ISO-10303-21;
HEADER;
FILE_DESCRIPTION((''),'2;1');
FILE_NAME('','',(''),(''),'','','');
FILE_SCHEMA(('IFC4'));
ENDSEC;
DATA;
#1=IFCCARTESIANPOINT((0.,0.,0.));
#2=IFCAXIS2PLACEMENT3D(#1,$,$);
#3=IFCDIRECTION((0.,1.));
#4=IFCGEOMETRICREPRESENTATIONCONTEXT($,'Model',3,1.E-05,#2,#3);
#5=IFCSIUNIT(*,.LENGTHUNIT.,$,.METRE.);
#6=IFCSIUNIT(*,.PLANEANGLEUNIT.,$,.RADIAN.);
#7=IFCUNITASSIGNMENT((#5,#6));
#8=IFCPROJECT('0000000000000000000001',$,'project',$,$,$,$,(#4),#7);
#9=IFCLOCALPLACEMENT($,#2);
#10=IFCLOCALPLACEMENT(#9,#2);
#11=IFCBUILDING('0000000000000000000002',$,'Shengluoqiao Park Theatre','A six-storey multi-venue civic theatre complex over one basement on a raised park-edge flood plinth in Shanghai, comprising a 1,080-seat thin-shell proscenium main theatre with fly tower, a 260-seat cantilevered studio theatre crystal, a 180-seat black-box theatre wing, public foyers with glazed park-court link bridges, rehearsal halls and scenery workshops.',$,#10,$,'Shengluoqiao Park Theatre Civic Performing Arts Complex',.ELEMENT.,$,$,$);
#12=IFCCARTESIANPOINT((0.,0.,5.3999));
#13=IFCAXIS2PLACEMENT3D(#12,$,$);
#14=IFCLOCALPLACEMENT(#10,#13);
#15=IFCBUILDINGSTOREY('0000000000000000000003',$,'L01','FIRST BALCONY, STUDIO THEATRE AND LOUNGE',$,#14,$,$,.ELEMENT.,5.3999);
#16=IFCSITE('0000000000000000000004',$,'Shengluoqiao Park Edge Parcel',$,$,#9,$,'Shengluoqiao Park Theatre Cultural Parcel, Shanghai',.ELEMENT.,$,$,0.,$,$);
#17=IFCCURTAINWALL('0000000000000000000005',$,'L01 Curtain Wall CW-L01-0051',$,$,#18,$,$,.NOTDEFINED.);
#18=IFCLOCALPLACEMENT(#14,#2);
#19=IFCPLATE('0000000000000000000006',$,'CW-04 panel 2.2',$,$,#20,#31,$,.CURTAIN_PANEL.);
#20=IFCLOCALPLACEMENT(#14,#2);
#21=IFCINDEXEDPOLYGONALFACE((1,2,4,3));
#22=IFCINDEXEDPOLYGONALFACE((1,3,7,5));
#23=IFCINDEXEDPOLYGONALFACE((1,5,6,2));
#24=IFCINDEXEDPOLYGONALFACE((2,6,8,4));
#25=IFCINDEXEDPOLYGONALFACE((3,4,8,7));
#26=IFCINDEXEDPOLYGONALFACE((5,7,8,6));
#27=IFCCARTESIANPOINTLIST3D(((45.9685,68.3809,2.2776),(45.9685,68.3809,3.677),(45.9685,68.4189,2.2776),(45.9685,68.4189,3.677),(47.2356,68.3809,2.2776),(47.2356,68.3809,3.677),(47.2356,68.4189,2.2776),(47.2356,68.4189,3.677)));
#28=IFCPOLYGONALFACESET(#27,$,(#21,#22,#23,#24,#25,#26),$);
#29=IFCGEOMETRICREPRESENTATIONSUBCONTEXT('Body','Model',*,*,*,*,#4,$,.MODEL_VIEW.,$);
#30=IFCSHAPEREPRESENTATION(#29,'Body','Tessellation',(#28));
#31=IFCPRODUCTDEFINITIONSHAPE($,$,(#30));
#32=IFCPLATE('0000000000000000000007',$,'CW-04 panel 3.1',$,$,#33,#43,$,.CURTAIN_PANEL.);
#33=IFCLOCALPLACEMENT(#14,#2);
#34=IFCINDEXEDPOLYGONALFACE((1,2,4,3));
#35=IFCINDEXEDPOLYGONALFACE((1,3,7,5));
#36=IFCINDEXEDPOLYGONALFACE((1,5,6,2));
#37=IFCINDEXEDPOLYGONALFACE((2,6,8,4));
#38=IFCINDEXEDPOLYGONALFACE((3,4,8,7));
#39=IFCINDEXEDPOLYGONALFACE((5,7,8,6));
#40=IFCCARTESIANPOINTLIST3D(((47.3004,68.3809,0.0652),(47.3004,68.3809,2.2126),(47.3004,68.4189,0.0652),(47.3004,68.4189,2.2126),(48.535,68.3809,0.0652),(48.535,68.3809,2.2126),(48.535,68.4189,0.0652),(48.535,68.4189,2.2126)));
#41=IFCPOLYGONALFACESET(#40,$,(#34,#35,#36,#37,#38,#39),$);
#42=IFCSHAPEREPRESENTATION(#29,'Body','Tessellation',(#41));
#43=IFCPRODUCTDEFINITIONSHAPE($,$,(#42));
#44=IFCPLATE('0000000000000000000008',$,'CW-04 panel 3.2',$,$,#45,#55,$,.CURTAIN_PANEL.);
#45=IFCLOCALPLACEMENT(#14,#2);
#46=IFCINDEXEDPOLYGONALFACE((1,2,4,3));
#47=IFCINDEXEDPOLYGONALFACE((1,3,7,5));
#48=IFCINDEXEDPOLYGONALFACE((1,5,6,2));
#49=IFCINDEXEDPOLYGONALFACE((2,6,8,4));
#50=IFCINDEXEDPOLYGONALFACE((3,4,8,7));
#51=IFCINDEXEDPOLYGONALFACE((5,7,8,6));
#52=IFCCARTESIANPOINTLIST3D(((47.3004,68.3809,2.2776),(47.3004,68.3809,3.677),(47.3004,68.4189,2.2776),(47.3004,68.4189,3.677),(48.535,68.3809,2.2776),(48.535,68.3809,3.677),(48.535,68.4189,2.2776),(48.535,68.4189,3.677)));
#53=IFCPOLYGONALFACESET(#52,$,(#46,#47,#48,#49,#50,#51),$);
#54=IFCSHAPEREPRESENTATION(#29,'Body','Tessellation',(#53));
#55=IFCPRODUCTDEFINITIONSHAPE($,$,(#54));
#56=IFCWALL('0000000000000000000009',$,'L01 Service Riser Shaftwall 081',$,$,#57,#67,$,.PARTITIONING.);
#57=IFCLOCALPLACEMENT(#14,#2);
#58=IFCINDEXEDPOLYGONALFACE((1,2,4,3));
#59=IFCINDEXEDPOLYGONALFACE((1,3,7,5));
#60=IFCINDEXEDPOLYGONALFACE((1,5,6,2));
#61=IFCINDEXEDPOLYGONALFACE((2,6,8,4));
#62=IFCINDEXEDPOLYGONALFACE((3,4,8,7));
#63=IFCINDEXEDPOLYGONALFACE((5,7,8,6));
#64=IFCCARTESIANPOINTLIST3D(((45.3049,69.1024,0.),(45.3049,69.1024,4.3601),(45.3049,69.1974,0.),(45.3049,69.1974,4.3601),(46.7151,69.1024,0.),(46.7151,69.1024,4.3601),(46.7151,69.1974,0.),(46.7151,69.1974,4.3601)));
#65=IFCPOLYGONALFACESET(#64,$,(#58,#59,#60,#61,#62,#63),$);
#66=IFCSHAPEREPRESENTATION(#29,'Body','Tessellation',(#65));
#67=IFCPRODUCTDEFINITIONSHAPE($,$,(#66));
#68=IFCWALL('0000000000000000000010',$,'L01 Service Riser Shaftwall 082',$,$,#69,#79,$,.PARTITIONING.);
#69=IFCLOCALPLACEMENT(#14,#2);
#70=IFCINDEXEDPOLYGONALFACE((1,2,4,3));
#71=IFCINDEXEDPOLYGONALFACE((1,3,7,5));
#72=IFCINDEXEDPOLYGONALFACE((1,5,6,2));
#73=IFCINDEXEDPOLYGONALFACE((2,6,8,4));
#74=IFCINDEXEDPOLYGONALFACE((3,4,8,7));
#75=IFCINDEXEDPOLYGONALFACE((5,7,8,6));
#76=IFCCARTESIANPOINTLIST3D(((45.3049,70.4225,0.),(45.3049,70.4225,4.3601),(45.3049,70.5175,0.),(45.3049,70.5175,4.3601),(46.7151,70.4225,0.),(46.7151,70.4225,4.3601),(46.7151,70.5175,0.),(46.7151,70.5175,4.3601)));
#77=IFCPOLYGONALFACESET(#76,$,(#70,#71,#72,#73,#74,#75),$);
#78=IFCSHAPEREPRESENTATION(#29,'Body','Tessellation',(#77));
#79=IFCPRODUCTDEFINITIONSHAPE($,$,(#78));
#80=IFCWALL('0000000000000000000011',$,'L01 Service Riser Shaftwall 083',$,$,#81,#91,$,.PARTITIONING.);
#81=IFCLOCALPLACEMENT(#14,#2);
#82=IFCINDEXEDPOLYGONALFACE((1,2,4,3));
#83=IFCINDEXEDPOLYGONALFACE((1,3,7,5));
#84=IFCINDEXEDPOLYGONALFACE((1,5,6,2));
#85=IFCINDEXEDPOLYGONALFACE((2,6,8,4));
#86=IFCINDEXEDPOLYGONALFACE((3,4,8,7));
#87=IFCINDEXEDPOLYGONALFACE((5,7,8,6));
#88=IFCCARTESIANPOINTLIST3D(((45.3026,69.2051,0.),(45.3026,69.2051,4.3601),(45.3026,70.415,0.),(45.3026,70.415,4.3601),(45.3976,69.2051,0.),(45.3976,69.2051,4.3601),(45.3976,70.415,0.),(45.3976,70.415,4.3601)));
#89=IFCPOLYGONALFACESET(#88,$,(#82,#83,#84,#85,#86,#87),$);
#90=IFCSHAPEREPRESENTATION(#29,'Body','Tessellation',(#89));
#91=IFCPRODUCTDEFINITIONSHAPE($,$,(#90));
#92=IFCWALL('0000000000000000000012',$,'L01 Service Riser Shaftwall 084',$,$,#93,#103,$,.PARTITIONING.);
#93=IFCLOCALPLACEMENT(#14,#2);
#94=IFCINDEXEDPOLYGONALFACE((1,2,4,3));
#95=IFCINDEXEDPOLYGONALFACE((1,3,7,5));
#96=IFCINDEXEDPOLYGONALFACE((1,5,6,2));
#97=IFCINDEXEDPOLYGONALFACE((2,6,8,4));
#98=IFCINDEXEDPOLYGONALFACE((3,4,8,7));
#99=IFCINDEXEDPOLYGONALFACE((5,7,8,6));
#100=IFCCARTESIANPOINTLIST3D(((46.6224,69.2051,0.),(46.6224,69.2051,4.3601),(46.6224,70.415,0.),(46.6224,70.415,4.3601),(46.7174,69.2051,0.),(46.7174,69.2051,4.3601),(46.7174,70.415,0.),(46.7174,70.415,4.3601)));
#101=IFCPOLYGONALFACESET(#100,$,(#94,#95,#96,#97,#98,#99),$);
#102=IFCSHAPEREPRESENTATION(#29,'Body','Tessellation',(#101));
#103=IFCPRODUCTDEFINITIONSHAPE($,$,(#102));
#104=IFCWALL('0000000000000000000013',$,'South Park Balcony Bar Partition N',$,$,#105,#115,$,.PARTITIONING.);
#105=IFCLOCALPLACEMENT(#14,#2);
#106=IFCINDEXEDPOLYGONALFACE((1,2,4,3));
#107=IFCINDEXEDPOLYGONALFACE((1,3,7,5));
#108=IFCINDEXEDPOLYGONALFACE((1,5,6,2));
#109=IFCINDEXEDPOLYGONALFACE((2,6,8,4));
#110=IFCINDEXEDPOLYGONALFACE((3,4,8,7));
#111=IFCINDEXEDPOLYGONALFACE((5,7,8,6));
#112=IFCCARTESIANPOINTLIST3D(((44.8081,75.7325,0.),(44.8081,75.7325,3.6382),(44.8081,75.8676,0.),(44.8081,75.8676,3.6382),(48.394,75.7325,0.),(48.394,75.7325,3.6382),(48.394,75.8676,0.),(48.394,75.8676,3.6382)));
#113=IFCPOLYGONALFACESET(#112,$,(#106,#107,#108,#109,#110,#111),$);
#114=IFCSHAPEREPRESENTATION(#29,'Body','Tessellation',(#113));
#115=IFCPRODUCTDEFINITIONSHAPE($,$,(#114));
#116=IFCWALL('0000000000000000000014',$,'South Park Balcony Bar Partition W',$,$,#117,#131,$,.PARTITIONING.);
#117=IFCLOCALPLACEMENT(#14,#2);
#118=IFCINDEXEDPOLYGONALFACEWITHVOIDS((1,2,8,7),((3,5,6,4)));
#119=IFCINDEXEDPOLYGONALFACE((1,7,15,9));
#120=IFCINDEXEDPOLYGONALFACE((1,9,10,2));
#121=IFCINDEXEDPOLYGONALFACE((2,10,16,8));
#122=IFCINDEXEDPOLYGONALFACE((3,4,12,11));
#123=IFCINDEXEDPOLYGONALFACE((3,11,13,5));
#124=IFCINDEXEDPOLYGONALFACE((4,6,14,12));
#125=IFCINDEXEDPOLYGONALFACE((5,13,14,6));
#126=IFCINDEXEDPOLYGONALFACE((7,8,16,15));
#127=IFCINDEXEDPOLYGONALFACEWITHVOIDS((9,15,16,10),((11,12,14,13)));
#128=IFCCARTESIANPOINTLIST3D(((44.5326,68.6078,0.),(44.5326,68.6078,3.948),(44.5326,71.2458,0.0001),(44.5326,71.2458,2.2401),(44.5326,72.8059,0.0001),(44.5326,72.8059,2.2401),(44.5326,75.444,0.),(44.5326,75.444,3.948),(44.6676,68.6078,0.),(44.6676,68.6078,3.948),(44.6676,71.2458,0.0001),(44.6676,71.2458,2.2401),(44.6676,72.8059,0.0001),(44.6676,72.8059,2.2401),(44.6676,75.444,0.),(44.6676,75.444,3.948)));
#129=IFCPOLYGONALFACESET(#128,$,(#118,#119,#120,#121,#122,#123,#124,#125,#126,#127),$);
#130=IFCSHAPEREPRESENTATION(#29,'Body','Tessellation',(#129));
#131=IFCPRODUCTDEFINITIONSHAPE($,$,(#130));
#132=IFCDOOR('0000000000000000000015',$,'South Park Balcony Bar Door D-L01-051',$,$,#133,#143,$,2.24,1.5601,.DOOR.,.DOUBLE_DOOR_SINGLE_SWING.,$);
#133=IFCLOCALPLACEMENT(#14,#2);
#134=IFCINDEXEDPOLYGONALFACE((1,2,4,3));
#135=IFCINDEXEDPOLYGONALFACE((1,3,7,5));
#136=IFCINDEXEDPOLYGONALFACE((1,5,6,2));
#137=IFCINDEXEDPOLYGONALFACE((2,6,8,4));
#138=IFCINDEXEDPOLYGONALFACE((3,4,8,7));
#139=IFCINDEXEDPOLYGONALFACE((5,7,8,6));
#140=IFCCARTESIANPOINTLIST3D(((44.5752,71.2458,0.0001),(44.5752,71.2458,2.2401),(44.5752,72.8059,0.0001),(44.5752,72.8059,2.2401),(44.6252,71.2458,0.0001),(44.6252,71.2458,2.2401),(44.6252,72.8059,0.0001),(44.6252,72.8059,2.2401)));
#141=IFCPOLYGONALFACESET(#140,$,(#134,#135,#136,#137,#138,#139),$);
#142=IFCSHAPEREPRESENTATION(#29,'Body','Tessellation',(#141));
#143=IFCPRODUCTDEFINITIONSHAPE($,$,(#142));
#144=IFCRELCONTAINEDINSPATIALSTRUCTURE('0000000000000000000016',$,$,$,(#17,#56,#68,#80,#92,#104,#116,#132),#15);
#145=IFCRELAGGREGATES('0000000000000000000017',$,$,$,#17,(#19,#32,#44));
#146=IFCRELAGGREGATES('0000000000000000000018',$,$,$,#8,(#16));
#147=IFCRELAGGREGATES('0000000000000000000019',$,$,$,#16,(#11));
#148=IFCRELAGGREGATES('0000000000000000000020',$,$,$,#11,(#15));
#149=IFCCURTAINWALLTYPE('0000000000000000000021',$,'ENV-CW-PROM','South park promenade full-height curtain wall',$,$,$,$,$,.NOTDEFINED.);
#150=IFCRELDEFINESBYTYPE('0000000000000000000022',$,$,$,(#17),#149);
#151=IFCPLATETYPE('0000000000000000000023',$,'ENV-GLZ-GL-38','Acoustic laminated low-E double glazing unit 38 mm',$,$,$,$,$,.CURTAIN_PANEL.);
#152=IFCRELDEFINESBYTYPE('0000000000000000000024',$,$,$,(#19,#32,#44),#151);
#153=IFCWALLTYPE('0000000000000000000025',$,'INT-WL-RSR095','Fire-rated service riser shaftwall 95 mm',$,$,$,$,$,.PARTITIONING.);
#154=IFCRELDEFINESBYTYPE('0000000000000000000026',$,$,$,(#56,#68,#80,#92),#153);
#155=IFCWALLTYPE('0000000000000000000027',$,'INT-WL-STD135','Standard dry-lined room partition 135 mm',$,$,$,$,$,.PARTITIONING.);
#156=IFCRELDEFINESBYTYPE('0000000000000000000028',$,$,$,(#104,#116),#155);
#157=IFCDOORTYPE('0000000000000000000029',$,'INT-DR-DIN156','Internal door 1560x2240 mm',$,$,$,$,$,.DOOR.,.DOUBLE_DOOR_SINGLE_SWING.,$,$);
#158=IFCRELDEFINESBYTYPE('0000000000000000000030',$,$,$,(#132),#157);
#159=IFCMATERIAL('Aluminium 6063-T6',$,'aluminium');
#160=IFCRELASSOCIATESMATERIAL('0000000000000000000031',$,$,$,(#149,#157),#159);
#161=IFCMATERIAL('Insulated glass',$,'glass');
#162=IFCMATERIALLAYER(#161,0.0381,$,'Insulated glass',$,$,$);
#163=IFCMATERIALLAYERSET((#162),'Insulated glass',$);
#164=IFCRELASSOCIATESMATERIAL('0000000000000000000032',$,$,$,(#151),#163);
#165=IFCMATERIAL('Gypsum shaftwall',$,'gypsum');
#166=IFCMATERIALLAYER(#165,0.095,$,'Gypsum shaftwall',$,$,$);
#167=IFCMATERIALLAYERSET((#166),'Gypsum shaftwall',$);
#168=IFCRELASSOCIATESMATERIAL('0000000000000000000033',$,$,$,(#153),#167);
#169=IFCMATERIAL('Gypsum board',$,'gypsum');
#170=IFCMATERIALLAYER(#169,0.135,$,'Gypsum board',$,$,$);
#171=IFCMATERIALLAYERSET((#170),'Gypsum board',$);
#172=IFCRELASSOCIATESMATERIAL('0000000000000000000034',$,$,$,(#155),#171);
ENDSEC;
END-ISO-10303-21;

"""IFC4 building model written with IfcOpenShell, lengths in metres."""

from ifc_helpers import new_model, si_unit, direction, frame, frame_2d, origin, origin_2d, place, context, subcontext, project, spatial, rectangle, extrude, material, layer, layer_set, type_object, element, fill, aggregate, save


model = new_model("IFC4")

# Units and contexts
model_context = context("Model", 3, precision=1e-05, world=origin(), true_north=direction((0.0, 1.0)))
body_context = subcontext(model_context, "Body", "Model", "MODEL_VIEW")
ifc_project = project(units=[si_unit("LENGTHUNIT", "METRE"), si_unit("PLANEANGLEUNIT", "RADIAN")], contexts=[model_context])

# Site, building, storey
site_placement = place(None, origin())
site = spatial("IfcSite", under=ifc_project, at=site_placement, Name="Shengluoqiao Park Edge Parcel", LongName="Shengluoqiao Park Theatre Cultural Parcel, Shanghai", CompositionType="ELEMENT", RefElevation=0.0)
building_placement = place(site_placement, origin())
building = spatial("IfcBuilding", under=site, at=building_placement, Name="Shengluoqiao Park Theatre", Description="A six-storey multi-venue civic theatre complex over one basement on a raised park-edge flood plinth in Shanghai, comprising a 1,080-seat thin-shell proscenium main theatre with fly tower, a 260-seat cantilevered studio theatre crystal, a 180-seat black-box theatre wing, public foyers with glazed park-court link bridges, rehearsal halls and scenery workshops.", LongName="Shengluoqiao Park Theatre Civic Performing Arts Complex", CompositionType="ELEMENT")
storey_placement = place(building_placement, frame((0.0, 0.0, 5.3999)))
storey = spatial("IfcBuildingStorey", under=building, at=storey_placement, Name="L01", Description="FIRST BALCONY, STUDIO THEATRE AND LOUNGE", CompositionType="ELEMENT", Elevation=5.3999)

# Curtain wall
ifc_material_1 = material(Name="Aluminium 6063-T6", Category="aluminium")
curtain_wall_type = type_object("IfcCurtainWallType", Name="ENV-CW-PROM", Description="South park promenade full-height curtain wall", PredefinedType="NOTDEFINED", material=ifc_material_1)
curtain_wall_placement = place(storey_placement, origin())
curtain_wall = element("IfcCurtainWall", 1, at=curtain_wall_placement, inside=storey, type_object=curtain_wall_type, Name="L01 Curtain Wall CW-L01-0051", PredefinedType="NOTDEFINED")

# Plates
ifc_material_2 = material(Name="Insulated glass", Category="glass")
ifc_layer_1 = layer(ifc_material_2, 0.0381, Name="Insulated glass")
ifc_layer_set_1 = layer_set([ifc_layer_1], Name="Insulated glass")
plate_type = type_object("IfcPlateType", Name="ENV-GLZ-GL-38", Description="Acoustic laminated low-E double glazing unit 38 mm", PredefinedType="CURTAIN_PANEL", material=ifc_layer_set_1)
plate_1_placement = place(storey_placement, frame((46.6021, 68.3999, 2.2776), z_axis=(0.0, 0.0, 1.0), x_axis=(1.0, 0.0, 0.0)))
plate_1 = element("IfcPlate", 2, at=plate_1_placement, type_object=plate_type, Name="CW-04 panel 2.2", PredefinedType="CURTAIN_PANEL", context=body_context, shape_type="SweptSolid", body=[
    extrude(rectangle(XDim=1.2671, YDim=0.0381, at=origin_2d()), origin(), (0.0, 0.0, 1.0), 1.3994),
])
plate_2_placement = place(storey_placement, frame((47.9177, 68.3999, 0.0652), z_axis=(0.0, 0.0, 1.0), x_axis=(1.0, 0.0, 0.0)))
plate_2 = element("IfcPlate", 3, at=plate_2_placement, type_object=plate_type, Name="CW-04 panel 3.1", PredefinedType="CURTAIN_PANEL", context=body_context, shape_type="SweptSolid", body=[
    extrude(rectangle(XDim=1.2346, YDim=0.0381, at=origin_2d()), origin(), (0.0, 0.0, 1.0), 2.1475),
])
plate_3_placement = place(storey_placement, frame((47.9177, 68.3999, 2.2776), z_axis=(0.0, 0.0, 1.0), x_axis=(1.0, 0.0, 0.0)))
plate_3 = element("IfcPlate", 4, at=plate_3_placement, type_object=plate_type, Name="CW-04 panel 3.2", PredefinedType="CURTAIN_PANEL", context=body_context, shape_type="SweptSolid", body=[
    extrude(rectangle(XDim=1.2346, YDim=0.0381, at=origin_2d()), origin(), (0.0, 0.0, 1.0), 1.3994),
])
aggregate(curtain_wall, [plate_1, plate_2, plate_3])

# Walls
ifc_material_3 = material(Name="Gypsum shaftwall", Category="gypsum")
ifc_layer_2 = layer(ifc_material_3, 0.095, Name="Gypsum shaftwall")
ifc_layer_set_2 = layer_set([ifc_layer_2], Name="Gypsum shaftwall")
wall_type_1 = type_object("IfcWallType", Name="INT-WL-RSR095", Description="Fire-rated service riser shaftwall 95 mm", PredefinedType="PARTITIONING", material=ifc_layer_set_2)
for number, where, z_axis, x_axis, name in (
    (5, (45.3049, 69.1499, 0.0), (0.0, 0.0, 1.0), (1.0, 0.0, 0.0), "L01 Service Riser Shaftwall 081"),
    (6, (45.3049, 70.47, 0.0), (0.0, 0.0, 1.0), (1.0, 0.0, 0.0), "L01 Service Riser Shaftwall 082"),
):
    element("IfcWall", number, at=place(storey_placement, frame(where, z_axis=z_axis, x_axis=x_axis)), inside=storey, type_object=wall_type_1, Name=name, PredefinedType="PARTITIONING", context=body_context, shape_type="SweptSolid", body=[
        extrude(rectangle(XDim=1.4102, YDim=0.095, at=frame_2d((0.7051, 0.0))), origin(), (0.0, 0.0, 1.0), 4.3601),
    ])
for number, where, z_axis, x_axis, name in (
    (7, (45.3501, 69.2051, 0.0), (0.0, 0.0, 1.0), (0.0, 1.0, 0.0), "L01 Service Riser Shaftwall 083"),
    (8, (46.6699, 69.2051, 0.0), (0.0, 0.0, 1.0), (0.0, 1.0, 0.0), "L01 Service Riser Shaftwall 084"),
):
    element("IfcWall", number, at=place(storey_placement, frame(where, z_axis=z_axis, x_axis=x_axis)), inside=storey, type_object=wall_type_1, Name=name, PredefinedType="PARTITIONING", context=body_context, shape_type="SweptSolid", body=[
        extrude(rectangle(XDim=1.21, YDim=0.095, at=frame_2d((0.605, 0.0))), origin(), (0.0, 0.0, 1.0), 4.3601),
    ])
ifc_material_4 = material(Name="Gypsum board", Category="gypsum")
ifc_layer_3 = layer(ifc_material_4, 0.135, Name="Gypsum board")
ifc_layer_set_3 = layer_set([ifc_layer_3], Name="Gypsum board")
wall_type_2 = type_object("IfcWallType", Name="INT-WL-STD135", Description="Standard dry-lined room partition 135 mm", PredefinedType="PARTITIONING", material=ifc_layer_set_3)
wall_1_placement = place(storey_placement, frame((44.8081, 75.8, 0.0), z_axis=(0.0, 0.0, 1.0), x_axis=(1.0, 0.0, 0.0)))
element("IfcWall", 9, at=wall_1_placement, inside=storey, type_object=wall_type_2, Name="South Park Balcony Bar Partition N", PredefinedType="PARTITIONING", context=body_context, shape_type="SweptSolid", body=[
    extrude(rectangle(XDim=3.5859, YDim=0.135, at=frame_2d((1.793, 0.0))), origin(), (0.0, 0.0, 1.0), 3.6382),
])

# Wall, opening, door
wall_2_placement = place(storey_placement, frame((44.6001, 68.6079, 0.0), z_axis=(0.0, 0.0, 1.0), x_axis=(0.0, 1.0, 0.0)))
wall_2 = element("IfcWall", 10, at=wall_2_placement, inside=storey, type_object=wall_type_2, Name="South Park Balcony Bar Partition W", PredefinedType="PARTITIONING", context=body_context, shape_type="SweptSolid", body=[
    extrude(rectangle(XDim=6.8362, YDim=0.135, at=frame_2d((3.418, 0.0))), origin(), (0.0, 0.0, 1.0), 3.948),
])
opening_placement = place(wall_2_placement, frame((2.6379, 0.0, 0.0)))
opening = element("IfcOpeningElement", 11, at=opening_placement, cuts=wall_2, PredefinedType="OPENING", context=body_context, shape_type="SweptSolid", body=[
    extrude(rectangle(XDim=1.5601, YDim=2.24, at=frame_2d((0.78, 1.1201))), frame((0.0, 0.0774, 0.0), z_axis=(0.0, -1.0, 0.0), x_axis=(1.0, 0.0, 0.0)), (0.0, 0.0, 1.0), 0.155),
])
door_type = type_object("IfcDoorType", Name="INT-DR-DIN156", Description="Internal door 1560x2240 mm", OperationType="DOUBLE_DOOR_SINGLE_SWING", PredefinedType="DOOR", material=ifc_material_1)
door_placement = place(opening_placement, origin())
door = element("IfcDoor", 12, at=door_placement, inside=storey, type_object=door_type, Name="South Park Balcony Bar Door D-L01-051", OperationType="DOUBLE_DOOR_SINGLE_SWING", OverallHeight=2.24, OverallWidth=1.5601, PredefinedType="DOOR", context=body_context, shape_type="SweptSolid", body=[
    extrude(rectangle(XDim=1.5601, YDim=2.24, at=frame_2d((0.78, 1.1201))), frame((0.0, 0.0249, 0.0), z_axis=(0.0, -1.0, 0.0), x_axis=(1.0, 0.0, 0.0)), (0.0, 0.0, 1.0), 0.05),
])
fill(opening, door)

save(model, "model.ifc")
